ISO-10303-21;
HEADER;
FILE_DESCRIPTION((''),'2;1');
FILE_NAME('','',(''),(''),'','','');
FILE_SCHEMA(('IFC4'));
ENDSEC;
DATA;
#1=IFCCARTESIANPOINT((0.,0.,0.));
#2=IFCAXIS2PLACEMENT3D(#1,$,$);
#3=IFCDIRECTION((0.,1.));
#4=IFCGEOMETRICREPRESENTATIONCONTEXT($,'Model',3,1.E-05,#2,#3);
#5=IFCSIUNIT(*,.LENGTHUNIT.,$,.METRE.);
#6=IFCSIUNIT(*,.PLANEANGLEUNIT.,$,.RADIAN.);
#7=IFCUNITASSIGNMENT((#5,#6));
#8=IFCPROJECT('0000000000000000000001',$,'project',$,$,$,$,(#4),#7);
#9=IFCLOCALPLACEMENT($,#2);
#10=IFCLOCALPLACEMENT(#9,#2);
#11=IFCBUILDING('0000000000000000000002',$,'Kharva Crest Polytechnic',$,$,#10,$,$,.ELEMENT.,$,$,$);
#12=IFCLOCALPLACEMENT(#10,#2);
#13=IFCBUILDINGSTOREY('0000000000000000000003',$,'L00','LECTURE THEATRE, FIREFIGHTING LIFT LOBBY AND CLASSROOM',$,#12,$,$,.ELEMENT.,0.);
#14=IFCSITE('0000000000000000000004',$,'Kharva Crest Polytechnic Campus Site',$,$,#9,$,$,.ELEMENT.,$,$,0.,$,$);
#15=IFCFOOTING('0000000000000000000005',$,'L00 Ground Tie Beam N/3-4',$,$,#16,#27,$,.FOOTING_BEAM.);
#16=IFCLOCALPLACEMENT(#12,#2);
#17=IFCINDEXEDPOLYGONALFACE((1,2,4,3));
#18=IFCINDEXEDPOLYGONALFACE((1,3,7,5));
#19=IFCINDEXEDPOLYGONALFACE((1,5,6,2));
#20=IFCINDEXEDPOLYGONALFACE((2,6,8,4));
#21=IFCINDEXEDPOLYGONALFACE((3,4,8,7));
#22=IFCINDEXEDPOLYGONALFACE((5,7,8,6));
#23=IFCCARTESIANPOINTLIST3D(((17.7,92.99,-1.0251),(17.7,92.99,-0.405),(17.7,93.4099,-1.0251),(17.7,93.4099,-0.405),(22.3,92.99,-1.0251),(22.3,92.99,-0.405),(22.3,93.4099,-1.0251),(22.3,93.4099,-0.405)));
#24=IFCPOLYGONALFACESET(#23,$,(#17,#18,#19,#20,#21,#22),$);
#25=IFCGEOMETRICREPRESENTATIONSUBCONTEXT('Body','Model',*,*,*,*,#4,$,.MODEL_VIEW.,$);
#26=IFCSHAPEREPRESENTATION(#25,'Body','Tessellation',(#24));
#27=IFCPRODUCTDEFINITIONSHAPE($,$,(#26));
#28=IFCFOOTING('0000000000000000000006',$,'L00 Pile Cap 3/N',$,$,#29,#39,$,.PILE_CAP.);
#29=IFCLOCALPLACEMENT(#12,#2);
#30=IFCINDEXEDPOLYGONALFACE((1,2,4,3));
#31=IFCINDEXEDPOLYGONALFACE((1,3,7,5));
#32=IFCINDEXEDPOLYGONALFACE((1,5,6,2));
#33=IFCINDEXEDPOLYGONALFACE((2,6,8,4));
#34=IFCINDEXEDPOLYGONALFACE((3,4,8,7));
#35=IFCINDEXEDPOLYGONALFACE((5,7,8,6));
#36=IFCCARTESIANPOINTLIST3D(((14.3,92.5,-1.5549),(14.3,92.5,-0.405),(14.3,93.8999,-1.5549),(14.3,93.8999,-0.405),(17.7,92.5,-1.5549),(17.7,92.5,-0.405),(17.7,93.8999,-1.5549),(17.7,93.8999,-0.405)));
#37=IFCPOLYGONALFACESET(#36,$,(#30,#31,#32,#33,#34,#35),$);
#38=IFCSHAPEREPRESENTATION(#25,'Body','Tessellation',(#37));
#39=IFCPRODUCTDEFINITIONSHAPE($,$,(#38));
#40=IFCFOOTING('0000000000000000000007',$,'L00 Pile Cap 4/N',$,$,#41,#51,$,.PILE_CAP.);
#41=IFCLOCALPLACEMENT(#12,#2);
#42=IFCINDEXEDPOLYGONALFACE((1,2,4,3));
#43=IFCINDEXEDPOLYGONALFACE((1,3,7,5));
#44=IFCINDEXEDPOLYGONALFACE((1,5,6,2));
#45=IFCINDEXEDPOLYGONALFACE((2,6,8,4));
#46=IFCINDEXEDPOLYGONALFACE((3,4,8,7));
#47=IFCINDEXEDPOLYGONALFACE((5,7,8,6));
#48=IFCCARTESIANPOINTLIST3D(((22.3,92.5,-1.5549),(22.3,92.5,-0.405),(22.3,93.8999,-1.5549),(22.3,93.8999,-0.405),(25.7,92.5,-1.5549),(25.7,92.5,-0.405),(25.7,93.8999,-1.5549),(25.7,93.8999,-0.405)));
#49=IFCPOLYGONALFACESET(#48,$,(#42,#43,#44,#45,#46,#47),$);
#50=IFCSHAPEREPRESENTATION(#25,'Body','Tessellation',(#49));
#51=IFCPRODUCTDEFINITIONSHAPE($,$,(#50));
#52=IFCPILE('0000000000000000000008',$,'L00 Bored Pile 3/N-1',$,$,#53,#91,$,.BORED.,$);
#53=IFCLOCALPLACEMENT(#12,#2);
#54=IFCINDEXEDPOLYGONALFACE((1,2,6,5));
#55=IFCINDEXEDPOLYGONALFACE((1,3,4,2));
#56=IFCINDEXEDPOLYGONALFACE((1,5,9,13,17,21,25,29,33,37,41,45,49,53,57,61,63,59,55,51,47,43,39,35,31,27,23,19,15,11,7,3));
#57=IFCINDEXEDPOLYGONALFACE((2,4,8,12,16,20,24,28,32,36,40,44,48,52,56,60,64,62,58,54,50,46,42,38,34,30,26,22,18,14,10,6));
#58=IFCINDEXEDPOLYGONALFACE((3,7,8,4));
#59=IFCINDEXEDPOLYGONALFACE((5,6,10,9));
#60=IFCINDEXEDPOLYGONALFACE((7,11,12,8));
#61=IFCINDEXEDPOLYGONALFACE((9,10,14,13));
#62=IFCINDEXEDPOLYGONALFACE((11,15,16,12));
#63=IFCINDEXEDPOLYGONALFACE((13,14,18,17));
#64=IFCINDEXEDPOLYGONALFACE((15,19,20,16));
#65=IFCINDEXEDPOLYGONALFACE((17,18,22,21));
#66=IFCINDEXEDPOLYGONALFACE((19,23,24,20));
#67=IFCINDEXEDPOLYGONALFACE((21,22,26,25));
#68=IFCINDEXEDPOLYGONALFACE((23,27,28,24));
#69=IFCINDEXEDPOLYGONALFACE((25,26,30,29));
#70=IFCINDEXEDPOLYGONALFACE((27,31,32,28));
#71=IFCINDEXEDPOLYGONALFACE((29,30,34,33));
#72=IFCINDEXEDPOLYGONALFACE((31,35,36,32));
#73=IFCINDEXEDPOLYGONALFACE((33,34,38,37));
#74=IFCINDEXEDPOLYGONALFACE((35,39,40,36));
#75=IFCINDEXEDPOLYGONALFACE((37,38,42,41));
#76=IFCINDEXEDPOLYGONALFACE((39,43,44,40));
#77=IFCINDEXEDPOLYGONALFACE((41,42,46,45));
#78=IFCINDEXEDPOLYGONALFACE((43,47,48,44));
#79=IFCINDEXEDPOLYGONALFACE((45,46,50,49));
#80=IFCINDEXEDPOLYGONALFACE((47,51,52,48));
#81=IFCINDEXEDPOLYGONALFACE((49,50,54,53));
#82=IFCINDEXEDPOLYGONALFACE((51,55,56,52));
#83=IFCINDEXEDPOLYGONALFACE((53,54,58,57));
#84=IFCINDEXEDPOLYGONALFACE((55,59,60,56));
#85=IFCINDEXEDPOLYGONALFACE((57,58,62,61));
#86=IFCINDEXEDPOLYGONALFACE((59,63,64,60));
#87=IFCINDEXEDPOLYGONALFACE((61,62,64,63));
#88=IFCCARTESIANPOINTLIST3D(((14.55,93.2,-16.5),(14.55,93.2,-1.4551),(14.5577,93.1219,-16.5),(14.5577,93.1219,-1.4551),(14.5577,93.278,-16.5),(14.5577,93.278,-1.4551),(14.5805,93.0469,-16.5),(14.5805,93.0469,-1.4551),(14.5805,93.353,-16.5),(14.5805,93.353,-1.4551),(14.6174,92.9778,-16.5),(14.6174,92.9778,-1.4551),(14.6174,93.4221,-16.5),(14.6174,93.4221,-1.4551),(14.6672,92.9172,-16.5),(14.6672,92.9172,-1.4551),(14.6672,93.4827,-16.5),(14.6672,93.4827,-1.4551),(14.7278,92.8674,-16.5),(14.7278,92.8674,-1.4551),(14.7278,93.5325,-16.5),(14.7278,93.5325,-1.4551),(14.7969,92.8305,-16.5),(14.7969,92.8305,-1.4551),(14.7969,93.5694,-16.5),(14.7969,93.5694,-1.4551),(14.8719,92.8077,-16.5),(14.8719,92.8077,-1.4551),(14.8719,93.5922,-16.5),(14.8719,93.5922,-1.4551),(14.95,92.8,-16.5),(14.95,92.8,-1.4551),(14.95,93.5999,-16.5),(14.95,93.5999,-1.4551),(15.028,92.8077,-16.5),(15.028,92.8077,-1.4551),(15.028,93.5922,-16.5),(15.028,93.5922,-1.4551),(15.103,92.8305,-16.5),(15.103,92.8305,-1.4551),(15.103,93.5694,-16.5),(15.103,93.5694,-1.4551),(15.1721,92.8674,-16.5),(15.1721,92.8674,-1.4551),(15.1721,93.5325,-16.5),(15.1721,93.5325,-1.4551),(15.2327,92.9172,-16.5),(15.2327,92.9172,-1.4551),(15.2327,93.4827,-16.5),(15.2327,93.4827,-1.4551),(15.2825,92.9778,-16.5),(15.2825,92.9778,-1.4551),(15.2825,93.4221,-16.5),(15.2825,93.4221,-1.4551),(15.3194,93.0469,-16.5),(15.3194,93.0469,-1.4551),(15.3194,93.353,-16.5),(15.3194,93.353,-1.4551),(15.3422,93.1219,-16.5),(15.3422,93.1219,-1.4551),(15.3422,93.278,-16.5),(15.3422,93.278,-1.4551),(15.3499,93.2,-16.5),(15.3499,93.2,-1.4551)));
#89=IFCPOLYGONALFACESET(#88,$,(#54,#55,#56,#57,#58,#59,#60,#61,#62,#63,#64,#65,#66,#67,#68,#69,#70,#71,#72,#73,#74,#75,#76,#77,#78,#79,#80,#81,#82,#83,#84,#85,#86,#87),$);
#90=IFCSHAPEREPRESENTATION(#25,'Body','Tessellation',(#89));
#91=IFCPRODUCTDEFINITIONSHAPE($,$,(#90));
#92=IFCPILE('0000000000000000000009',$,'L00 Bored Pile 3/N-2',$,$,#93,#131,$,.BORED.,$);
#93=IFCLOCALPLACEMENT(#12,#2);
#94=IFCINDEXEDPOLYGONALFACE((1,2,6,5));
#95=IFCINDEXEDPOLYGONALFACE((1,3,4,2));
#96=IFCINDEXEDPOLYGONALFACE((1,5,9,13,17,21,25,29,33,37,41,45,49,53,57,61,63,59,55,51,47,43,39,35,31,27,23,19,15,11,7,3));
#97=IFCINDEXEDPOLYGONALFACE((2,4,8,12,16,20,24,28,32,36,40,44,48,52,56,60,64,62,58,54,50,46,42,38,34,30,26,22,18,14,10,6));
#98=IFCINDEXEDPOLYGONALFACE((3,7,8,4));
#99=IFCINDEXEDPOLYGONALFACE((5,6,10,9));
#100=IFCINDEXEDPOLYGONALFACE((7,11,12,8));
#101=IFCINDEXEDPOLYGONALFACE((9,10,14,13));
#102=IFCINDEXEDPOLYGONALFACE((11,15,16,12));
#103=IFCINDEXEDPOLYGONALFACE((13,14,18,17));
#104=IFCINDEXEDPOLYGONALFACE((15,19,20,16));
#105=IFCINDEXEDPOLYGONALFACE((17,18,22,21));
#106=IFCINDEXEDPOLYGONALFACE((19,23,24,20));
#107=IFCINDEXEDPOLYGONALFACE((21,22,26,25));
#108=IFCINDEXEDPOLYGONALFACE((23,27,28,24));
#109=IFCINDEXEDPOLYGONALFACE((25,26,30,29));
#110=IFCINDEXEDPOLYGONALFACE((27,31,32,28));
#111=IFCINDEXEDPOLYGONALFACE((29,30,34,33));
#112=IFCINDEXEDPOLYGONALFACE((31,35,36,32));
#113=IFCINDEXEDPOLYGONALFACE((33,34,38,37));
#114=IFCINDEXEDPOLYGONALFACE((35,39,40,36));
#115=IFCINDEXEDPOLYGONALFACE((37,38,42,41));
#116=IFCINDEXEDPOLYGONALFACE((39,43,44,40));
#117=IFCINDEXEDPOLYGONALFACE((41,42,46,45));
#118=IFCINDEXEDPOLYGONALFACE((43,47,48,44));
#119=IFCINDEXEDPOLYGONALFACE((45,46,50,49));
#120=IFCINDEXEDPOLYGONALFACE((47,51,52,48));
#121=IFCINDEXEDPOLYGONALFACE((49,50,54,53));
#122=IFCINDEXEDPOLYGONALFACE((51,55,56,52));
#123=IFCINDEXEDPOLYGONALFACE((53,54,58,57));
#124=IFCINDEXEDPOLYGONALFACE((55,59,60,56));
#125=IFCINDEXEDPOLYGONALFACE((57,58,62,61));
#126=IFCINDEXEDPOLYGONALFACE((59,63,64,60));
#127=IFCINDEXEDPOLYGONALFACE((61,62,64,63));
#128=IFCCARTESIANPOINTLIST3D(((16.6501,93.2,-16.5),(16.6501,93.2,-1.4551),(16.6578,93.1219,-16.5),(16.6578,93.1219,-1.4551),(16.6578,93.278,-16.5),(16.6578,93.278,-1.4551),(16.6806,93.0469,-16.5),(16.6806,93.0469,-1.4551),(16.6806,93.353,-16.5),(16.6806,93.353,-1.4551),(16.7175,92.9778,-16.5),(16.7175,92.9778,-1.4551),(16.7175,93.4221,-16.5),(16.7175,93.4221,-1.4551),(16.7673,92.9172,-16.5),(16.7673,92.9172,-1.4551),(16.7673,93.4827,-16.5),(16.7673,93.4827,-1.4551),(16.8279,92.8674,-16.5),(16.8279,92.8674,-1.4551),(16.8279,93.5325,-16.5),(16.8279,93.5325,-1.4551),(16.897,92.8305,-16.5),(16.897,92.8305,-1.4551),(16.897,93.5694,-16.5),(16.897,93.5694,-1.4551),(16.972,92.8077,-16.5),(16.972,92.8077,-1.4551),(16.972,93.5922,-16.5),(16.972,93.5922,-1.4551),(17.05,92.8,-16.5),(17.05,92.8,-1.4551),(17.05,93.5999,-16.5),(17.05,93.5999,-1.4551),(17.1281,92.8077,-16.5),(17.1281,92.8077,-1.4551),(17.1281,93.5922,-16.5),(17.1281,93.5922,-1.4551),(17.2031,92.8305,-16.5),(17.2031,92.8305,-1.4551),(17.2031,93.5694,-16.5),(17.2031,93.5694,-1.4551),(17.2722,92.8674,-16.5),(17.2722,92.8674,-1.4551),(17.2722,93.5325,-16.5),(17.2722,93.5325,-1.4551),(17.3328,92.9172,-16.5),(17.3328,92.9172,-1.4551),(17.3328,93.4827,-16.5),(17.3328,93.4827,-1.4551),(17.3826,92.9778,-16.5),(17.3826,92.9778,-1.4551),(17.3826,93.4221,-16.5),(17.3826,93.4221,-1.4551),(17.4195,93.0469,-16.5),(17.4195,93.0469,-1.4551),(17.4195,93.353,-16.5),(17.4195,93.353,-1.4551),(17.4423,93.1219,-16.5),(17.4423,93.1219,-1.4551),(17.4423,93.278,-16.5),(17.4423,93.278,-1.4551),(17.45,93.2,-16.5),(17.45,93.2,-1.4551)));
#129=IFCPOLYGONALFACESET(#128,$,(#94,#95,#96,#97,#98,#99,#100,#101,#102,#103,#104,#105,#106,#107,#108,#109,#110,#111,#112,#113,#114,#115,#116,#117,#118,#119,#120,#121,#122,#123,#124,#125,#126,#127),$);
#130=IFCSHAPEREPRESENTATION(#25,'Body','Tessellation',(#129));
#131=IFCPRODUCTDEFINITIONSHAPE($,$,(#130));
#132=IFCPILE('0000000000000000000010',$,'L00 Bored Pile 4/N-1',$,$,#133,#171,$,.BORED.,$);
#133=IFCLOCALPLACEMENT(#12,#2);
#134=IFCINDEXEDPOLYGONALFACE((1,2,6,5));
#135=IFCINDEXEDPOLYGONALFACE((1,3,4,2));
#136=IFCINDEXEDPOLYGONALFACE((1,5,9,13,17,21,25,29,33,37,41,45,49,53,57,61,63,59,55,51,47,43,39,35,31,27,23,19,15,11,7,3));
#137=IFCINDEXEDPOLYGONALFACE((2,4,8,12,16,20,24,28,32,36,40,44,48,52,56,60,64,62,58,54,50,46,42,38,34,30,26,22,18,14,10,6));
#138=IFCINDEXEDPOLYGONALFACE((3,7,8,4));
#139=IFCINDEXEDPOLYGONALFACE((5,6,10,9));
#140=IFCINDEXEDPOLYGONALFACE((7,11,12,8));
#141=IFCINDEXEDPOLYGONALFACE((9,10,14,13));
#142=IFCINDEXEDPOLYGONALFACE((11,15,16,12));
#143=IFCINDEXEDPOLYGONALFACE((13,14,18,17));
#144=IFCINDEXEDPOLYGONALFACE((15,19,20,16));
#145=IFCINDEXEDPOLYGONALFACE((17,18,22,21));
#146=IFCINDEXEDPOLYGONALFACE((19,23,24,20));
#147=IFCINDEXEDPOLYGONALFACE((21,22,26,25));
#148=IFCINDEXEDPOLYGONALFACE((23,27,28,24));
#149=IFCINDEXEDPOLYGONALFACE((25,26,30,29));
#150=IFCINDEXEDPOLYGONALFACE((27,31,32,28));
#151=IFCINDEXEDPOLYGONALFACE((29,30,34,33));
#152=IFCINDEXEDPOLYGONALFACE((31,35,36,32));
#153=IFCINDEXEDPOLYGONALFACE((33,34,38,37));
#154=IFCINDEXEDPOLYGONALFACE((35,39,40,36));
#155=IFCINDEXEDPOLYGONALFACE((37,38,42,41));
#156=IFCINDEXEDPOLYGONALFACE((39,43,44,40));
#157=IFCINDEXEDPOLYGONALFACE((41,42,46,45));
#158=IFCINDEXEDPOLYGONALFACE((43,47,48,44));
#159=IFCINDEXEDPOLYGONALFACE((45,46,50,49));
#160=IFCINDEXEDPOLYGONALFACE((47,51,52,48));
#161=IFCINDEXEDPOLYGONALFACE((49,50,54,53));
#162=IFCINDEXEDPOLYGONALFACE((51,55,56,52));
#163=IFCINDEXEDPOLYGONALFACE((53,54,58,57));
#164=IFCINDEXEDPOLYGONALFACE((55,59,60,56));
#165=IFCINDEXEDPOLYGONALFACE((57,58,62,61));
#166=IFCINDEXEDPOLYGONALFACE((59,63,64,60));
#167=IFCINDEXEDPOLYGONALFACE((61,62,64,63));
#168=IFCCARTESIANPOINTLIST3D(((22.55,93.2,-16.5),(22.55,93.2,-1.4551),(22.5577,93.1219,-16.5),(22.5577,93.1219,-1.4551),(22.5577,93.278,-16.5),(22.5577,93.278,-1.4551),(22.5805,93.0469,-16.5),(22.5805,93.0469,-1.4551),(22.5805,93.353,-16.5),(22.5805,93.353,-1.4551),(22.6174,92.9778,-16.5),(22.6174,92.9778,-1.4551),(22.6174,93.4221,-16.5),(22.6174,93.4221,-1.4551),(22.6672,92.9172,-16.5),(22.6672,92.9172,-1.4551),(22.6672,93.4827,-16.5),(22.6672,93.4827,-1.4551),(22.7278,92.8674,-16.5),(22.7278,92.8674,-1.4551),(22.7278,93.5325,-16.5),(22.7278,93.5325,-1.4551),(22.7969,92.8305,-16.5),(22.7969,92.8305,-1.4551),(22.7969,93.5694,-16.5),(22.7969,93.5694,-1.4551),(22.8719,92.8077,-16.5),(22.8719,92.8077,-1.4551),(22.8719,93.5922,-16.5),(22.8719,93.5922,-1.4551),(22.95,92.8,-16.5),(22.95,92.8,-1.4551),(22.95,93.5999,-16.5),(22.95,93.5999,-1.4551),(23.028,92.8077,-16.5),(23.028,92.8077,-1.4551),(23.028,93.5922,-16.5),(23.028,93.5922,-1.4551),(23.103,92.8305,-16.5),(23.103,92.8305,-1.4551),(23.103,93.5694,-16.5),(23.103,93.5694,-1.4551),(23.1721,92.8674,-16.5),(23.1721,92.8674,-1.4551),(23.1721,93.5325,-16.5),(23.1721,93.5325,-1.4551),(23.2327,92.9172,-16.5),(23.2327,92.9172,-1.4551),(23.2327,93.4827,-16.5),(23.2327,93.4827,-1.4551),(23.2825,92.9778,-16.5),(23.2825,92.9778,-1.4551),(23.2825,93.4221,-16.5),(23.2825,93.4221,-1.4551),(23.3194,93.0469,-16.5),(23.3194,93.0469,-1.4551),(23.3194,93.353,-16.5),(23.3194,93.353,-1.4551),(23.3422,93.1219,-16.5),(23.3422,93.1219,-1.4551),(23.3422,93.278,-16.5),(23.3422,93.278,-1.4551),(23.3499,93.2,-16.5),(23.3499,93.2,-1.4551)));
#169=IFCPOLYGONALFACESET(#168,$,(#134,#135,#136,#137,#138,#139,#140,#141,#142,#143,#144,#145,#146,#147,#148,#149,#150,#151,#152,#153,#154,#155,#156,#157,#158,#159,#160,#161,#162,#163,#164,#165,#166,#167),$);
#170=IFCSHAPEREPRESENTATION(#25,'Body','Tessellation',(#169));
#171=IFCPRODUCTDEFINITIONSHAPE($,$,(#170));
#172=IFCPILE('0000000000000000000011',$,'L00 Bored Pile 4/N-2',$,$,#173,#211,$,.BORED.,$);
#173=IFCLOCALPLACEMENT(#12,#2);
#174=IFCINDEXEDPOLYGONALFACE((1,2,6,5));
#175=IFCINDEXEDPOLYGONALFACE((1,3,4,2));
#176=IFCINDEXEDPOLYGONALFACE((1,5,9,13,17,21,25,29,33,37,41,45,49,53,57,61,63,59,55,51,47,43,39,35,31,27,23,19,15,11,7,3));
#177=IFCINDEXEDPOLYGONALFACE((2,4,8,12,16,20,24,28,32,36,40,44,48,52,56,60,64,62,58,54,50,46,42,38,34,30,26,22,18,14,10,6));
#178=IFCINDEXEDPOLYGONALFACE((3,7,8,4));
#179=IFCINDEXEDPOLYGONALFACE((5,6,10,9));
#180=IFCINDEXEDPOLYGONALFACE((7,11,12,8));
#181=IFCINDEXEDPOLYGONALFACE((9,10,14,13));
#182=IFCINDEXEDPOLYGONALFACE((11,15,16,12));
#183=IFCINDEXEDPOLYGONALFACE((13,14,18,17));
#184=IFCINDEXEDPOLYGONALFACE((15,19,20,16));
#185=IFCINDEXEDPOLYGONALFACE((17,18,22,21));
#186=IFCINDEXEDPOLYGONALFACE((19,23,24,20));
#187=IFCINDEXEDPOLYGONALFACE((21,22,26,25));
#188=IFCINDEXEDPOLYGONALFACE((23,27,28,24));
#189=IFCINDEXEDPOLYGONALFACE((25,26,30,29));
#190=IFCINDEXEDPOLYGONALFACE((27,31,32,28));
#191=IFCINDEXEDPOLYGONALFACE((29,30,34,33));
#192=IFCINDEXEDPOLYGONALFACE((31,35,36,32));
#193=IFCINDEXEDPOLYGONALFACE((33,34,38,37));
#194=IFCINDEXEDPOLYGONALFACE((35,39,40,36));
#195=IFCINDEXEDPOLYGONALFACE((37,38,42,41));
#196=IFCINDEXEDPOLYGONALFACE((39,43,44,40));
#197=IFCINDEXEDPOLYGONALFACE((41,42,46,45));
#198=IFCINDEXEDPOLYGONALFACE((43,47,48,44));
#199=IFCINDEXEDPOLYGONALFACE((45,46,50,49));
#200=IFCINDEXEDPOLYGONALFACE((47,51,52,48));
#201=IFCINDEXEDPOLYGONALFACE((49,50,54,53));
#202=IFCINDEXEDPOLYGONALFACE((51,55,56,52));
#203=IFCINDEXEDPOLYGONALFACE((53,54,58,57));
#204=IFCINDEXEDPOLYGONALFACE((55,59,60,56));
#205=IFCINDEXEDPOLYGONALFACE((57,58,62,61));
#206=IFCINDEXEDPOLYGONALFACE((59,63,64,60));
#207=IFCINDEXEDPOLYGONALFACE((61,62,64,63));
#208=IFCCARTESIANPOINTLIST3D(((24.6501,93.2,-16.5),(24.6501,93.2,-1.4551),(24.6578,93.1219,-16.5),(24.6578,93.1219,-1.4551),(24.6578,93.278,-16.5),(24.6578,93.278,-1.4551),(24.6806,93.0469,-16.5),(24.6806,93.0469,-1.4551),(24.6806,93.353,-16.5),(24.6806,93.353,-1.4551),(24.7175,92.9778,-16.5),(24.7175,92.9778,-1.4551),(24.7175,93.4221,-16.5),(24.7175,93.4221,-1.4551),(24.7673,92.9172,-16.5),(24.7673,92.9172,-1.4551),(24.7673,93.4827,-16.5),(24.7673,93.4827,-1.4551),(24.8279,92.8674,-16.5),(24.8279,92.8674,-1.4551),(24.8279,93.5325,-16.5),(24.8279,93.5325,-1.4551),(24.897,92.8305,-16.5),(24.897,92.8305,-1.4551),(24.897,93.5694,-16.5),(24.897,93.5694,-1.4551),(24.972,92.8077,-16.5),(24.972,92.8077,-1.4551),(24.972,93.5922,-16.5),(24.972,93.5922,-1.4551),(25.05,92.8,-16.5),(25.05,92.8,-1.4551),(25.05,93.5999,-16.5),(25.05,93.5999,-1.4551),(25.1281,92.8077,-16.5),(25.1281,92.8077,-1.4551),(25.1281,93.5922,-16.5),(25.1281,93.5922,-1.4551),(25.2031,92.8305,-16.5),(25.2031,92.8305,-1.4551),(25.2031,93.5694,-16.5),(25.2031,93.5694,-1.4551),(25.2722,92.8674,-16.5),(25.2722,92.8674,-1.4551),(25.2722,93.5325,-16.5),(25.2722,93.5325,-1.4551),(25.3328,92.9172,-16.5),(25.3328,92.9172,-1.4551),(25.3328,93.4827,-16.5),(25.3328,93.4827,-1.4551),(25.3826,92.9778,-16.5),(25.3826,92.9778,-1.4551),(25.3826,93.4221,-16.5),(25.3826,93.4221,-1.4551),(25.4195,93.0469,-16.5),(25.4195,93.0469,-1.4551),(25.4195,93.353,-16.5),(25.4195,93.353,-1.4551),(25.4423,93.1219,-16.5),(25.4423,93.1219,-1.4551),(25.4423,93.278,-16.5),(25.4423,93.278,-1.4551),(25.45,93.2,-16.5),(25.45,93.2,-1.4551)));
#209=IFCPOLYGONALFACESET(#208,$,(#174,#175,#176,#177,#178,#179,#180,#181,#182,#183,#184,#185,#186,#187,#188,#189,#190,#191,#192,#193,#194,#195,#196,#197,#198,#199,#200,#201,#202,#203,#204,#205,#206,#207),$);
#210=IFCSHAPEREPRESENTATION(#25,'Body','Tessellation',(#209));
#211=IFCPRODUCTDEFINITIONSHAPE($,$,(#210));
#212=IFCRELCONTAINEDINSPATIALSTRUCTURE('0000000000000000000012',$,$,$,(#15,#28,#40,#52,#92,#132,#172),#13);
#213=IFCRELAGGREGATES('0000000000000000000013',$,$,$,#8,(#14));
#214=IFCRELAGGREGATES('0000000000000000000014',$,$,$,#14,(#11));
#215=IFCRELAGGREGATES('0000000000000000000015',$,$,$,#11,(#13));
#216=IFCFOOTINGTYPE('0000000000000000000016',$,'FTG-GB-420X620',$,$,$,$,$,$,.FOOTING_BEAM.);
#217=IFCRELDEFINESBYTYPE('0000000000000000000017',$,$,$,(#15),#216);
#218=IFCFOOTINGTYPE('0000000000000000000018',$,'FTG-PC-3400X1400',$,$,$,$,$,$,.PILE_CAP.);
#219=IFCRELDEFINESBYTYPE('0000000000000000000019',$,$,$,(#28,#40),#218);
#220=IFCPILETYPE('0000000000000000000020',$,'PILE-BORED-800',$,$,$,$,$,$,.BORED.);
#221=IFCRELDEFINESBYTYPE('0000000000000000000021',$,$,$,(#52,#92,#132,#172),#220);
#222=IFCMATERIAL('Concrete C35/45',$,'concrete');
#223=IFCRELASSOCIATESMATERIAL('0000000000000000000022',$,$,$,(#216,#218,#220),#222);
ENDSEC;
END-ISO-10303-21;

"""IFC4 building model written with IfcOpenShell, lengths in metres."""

from ifc_helpers import new_model, si_unit, direction, frame, origin, origin_2d, place, context, subcontext, project, spatial, rectangle, circle, extrude, material, material_profile, profile_set, type_object, element, save


model = new_model("IFC4")

# Units and contexts
model_context = context("Model", 3, precision=1e-05, world=origin(), true_north=direction((0.0, 1.0)))
body_context = subcontext(model_context, "Body", "Model", "MODEL_VIEW")
ifc_project = project(units=[si_unit("LENGTHUNIT", "METRE"), si_unit("PLANEANGLEUNIT", "RADIAN")], contexts=[model_context])

# Site, building, storey
site_placement = place(None, origin())
site = spatial("IfcSite", under=ifc_project, at=site_placement, Name="Kharva Crest Polytechnic Campus Site", CompositionType="ELEMENT", RefElevation=0.0)
building_placement = place(site_placement, origin())
building = spatial("IfcBuilding", under=site, at=building_placement, Name="Kharva Crest Polytechnic", CompositionType="ELEMENT")
storey_placement = place(building_placement, origin())
storey = spatial("IfcBuildingStorey", under=building, at=storey_placement, Name="L00", Description="LECTURE THEATRE, FIREFIGHTING LIFT LOBBY AND CLASSROOM", CompositionType="ELEMENT", Elevation=0.0)

# Footings
ifc_material_1 = material(Name="Concrete C35/45", Category="concrete")
footing_type_1 = type_object("IfcFootingType", Name="FTG-GB-420X620", PredefinedType="FOOTING_BEAM", material=ifc_material_1)
footing_placement = place(storey_placement, frame((20.0, 93.2, -1.0251), z_axis=(0.0, 0.0, 1.0), x_axis=(1.0, 0.0, 0.0)))
element("IfcFooting", 1, at=footing_placement, inside=storey, type_object=footing_type_1, Name="L00 Ground Tie Beam N/3-4", PredefinedType="FOOTING_BEAM", context=body_context, shape_type="SweptSolid", body=[
    extrude(rectangle(XDim=4.6001, YDim=0.4199, at=origin_2d()), origin(), (0.0, 0.0, 1.0), 0.6201),
])
footing_type_2 = type_object("IfcFootingType", Name="FTG-PC-3400X1400", PredefinedType="PILE_CAP", material=ifc_material_1)
for number, where, z_axis, x_axis, name in (
    (2, (16.0, 93.2, -1.5549), (0.0, 0.0, 1.0), (1.0, 0.0, 0.0), "L00 Pile Cap 3/N"),
    (3, (24.0, 93.2, -1.5549), (0.0, 0.0, 1.0), (1.0, 0.0, 0.0), "L00 Pile Cap 4/N"),
):
    element("IfcFooting", number, at=place(storey_placement, frame(where, z_axis=z_axis, x_axis=x_axis)), inside=storey, type_object=footing_type_2, Name=name, PredefinedType="PILE_CAP", context=body_context, shape_type="SweptSolid", body=[
        extrude(rectangle(XDim=3.3999, YDim=1.3999, at=origin_2d()), origin(), (0.0, 0.0, 1.0), 1.1499),
    ])

# Piles
ifc_material_profile_1 = material_profile(ifc_material_1, circle(Radius=0.3999, at=origin_2d()), Name="DIA 800")
ifc_profile_set_1 = profile_set([ifc_material_profile_1], Name="Concrete C35/45")
pile_type = type_object("IfcPileType", Name="PILE-BORED-800", PredefinedType="BORED", material=ifc_profile_set_1)
for number, where, z_axis, x_axis, name in (
    (4, (14.95, 93.2, -1.4551), (0.0, 0.0, -1.0), (1.0, 0.0, 0.0), "L00 Bored Pile 3/N-1"),
    (5, (17.05, 93.2, -1.4551), (0.0, 0.0, -1.0), (1.0, 0.0, 0.0), "L00 Bored Pile 3/N-2"),
    (6, (22.95, 93.2, -1.4551), (0.0, 0.0, -1.0), (1.0, 0.0, 0.0), "L00 Bored Pile 4/N-1"),
    (7, (25.05, 93.2, -1.4551), (0.0, 0.0, -1.0), (1.0, 0.0, 0.0), "L00 Bored Pile 4/N-2"),
):
    element("IfcPile", number, at=place(storey_placement, frame(where, z_axis=z_axis, x_axis=x_axis)), inside=storey, type_object=pile_type, Name=name, PredefinedType="BORED", context=body_context, shape_type="SweptSolid", body=[
        extrude(circle(Radius=0.3999, at=origin_2d()), origin(), (0.0, 0.0, 1.0), 15.0449),
    ])

save(model, "model.ifc")
